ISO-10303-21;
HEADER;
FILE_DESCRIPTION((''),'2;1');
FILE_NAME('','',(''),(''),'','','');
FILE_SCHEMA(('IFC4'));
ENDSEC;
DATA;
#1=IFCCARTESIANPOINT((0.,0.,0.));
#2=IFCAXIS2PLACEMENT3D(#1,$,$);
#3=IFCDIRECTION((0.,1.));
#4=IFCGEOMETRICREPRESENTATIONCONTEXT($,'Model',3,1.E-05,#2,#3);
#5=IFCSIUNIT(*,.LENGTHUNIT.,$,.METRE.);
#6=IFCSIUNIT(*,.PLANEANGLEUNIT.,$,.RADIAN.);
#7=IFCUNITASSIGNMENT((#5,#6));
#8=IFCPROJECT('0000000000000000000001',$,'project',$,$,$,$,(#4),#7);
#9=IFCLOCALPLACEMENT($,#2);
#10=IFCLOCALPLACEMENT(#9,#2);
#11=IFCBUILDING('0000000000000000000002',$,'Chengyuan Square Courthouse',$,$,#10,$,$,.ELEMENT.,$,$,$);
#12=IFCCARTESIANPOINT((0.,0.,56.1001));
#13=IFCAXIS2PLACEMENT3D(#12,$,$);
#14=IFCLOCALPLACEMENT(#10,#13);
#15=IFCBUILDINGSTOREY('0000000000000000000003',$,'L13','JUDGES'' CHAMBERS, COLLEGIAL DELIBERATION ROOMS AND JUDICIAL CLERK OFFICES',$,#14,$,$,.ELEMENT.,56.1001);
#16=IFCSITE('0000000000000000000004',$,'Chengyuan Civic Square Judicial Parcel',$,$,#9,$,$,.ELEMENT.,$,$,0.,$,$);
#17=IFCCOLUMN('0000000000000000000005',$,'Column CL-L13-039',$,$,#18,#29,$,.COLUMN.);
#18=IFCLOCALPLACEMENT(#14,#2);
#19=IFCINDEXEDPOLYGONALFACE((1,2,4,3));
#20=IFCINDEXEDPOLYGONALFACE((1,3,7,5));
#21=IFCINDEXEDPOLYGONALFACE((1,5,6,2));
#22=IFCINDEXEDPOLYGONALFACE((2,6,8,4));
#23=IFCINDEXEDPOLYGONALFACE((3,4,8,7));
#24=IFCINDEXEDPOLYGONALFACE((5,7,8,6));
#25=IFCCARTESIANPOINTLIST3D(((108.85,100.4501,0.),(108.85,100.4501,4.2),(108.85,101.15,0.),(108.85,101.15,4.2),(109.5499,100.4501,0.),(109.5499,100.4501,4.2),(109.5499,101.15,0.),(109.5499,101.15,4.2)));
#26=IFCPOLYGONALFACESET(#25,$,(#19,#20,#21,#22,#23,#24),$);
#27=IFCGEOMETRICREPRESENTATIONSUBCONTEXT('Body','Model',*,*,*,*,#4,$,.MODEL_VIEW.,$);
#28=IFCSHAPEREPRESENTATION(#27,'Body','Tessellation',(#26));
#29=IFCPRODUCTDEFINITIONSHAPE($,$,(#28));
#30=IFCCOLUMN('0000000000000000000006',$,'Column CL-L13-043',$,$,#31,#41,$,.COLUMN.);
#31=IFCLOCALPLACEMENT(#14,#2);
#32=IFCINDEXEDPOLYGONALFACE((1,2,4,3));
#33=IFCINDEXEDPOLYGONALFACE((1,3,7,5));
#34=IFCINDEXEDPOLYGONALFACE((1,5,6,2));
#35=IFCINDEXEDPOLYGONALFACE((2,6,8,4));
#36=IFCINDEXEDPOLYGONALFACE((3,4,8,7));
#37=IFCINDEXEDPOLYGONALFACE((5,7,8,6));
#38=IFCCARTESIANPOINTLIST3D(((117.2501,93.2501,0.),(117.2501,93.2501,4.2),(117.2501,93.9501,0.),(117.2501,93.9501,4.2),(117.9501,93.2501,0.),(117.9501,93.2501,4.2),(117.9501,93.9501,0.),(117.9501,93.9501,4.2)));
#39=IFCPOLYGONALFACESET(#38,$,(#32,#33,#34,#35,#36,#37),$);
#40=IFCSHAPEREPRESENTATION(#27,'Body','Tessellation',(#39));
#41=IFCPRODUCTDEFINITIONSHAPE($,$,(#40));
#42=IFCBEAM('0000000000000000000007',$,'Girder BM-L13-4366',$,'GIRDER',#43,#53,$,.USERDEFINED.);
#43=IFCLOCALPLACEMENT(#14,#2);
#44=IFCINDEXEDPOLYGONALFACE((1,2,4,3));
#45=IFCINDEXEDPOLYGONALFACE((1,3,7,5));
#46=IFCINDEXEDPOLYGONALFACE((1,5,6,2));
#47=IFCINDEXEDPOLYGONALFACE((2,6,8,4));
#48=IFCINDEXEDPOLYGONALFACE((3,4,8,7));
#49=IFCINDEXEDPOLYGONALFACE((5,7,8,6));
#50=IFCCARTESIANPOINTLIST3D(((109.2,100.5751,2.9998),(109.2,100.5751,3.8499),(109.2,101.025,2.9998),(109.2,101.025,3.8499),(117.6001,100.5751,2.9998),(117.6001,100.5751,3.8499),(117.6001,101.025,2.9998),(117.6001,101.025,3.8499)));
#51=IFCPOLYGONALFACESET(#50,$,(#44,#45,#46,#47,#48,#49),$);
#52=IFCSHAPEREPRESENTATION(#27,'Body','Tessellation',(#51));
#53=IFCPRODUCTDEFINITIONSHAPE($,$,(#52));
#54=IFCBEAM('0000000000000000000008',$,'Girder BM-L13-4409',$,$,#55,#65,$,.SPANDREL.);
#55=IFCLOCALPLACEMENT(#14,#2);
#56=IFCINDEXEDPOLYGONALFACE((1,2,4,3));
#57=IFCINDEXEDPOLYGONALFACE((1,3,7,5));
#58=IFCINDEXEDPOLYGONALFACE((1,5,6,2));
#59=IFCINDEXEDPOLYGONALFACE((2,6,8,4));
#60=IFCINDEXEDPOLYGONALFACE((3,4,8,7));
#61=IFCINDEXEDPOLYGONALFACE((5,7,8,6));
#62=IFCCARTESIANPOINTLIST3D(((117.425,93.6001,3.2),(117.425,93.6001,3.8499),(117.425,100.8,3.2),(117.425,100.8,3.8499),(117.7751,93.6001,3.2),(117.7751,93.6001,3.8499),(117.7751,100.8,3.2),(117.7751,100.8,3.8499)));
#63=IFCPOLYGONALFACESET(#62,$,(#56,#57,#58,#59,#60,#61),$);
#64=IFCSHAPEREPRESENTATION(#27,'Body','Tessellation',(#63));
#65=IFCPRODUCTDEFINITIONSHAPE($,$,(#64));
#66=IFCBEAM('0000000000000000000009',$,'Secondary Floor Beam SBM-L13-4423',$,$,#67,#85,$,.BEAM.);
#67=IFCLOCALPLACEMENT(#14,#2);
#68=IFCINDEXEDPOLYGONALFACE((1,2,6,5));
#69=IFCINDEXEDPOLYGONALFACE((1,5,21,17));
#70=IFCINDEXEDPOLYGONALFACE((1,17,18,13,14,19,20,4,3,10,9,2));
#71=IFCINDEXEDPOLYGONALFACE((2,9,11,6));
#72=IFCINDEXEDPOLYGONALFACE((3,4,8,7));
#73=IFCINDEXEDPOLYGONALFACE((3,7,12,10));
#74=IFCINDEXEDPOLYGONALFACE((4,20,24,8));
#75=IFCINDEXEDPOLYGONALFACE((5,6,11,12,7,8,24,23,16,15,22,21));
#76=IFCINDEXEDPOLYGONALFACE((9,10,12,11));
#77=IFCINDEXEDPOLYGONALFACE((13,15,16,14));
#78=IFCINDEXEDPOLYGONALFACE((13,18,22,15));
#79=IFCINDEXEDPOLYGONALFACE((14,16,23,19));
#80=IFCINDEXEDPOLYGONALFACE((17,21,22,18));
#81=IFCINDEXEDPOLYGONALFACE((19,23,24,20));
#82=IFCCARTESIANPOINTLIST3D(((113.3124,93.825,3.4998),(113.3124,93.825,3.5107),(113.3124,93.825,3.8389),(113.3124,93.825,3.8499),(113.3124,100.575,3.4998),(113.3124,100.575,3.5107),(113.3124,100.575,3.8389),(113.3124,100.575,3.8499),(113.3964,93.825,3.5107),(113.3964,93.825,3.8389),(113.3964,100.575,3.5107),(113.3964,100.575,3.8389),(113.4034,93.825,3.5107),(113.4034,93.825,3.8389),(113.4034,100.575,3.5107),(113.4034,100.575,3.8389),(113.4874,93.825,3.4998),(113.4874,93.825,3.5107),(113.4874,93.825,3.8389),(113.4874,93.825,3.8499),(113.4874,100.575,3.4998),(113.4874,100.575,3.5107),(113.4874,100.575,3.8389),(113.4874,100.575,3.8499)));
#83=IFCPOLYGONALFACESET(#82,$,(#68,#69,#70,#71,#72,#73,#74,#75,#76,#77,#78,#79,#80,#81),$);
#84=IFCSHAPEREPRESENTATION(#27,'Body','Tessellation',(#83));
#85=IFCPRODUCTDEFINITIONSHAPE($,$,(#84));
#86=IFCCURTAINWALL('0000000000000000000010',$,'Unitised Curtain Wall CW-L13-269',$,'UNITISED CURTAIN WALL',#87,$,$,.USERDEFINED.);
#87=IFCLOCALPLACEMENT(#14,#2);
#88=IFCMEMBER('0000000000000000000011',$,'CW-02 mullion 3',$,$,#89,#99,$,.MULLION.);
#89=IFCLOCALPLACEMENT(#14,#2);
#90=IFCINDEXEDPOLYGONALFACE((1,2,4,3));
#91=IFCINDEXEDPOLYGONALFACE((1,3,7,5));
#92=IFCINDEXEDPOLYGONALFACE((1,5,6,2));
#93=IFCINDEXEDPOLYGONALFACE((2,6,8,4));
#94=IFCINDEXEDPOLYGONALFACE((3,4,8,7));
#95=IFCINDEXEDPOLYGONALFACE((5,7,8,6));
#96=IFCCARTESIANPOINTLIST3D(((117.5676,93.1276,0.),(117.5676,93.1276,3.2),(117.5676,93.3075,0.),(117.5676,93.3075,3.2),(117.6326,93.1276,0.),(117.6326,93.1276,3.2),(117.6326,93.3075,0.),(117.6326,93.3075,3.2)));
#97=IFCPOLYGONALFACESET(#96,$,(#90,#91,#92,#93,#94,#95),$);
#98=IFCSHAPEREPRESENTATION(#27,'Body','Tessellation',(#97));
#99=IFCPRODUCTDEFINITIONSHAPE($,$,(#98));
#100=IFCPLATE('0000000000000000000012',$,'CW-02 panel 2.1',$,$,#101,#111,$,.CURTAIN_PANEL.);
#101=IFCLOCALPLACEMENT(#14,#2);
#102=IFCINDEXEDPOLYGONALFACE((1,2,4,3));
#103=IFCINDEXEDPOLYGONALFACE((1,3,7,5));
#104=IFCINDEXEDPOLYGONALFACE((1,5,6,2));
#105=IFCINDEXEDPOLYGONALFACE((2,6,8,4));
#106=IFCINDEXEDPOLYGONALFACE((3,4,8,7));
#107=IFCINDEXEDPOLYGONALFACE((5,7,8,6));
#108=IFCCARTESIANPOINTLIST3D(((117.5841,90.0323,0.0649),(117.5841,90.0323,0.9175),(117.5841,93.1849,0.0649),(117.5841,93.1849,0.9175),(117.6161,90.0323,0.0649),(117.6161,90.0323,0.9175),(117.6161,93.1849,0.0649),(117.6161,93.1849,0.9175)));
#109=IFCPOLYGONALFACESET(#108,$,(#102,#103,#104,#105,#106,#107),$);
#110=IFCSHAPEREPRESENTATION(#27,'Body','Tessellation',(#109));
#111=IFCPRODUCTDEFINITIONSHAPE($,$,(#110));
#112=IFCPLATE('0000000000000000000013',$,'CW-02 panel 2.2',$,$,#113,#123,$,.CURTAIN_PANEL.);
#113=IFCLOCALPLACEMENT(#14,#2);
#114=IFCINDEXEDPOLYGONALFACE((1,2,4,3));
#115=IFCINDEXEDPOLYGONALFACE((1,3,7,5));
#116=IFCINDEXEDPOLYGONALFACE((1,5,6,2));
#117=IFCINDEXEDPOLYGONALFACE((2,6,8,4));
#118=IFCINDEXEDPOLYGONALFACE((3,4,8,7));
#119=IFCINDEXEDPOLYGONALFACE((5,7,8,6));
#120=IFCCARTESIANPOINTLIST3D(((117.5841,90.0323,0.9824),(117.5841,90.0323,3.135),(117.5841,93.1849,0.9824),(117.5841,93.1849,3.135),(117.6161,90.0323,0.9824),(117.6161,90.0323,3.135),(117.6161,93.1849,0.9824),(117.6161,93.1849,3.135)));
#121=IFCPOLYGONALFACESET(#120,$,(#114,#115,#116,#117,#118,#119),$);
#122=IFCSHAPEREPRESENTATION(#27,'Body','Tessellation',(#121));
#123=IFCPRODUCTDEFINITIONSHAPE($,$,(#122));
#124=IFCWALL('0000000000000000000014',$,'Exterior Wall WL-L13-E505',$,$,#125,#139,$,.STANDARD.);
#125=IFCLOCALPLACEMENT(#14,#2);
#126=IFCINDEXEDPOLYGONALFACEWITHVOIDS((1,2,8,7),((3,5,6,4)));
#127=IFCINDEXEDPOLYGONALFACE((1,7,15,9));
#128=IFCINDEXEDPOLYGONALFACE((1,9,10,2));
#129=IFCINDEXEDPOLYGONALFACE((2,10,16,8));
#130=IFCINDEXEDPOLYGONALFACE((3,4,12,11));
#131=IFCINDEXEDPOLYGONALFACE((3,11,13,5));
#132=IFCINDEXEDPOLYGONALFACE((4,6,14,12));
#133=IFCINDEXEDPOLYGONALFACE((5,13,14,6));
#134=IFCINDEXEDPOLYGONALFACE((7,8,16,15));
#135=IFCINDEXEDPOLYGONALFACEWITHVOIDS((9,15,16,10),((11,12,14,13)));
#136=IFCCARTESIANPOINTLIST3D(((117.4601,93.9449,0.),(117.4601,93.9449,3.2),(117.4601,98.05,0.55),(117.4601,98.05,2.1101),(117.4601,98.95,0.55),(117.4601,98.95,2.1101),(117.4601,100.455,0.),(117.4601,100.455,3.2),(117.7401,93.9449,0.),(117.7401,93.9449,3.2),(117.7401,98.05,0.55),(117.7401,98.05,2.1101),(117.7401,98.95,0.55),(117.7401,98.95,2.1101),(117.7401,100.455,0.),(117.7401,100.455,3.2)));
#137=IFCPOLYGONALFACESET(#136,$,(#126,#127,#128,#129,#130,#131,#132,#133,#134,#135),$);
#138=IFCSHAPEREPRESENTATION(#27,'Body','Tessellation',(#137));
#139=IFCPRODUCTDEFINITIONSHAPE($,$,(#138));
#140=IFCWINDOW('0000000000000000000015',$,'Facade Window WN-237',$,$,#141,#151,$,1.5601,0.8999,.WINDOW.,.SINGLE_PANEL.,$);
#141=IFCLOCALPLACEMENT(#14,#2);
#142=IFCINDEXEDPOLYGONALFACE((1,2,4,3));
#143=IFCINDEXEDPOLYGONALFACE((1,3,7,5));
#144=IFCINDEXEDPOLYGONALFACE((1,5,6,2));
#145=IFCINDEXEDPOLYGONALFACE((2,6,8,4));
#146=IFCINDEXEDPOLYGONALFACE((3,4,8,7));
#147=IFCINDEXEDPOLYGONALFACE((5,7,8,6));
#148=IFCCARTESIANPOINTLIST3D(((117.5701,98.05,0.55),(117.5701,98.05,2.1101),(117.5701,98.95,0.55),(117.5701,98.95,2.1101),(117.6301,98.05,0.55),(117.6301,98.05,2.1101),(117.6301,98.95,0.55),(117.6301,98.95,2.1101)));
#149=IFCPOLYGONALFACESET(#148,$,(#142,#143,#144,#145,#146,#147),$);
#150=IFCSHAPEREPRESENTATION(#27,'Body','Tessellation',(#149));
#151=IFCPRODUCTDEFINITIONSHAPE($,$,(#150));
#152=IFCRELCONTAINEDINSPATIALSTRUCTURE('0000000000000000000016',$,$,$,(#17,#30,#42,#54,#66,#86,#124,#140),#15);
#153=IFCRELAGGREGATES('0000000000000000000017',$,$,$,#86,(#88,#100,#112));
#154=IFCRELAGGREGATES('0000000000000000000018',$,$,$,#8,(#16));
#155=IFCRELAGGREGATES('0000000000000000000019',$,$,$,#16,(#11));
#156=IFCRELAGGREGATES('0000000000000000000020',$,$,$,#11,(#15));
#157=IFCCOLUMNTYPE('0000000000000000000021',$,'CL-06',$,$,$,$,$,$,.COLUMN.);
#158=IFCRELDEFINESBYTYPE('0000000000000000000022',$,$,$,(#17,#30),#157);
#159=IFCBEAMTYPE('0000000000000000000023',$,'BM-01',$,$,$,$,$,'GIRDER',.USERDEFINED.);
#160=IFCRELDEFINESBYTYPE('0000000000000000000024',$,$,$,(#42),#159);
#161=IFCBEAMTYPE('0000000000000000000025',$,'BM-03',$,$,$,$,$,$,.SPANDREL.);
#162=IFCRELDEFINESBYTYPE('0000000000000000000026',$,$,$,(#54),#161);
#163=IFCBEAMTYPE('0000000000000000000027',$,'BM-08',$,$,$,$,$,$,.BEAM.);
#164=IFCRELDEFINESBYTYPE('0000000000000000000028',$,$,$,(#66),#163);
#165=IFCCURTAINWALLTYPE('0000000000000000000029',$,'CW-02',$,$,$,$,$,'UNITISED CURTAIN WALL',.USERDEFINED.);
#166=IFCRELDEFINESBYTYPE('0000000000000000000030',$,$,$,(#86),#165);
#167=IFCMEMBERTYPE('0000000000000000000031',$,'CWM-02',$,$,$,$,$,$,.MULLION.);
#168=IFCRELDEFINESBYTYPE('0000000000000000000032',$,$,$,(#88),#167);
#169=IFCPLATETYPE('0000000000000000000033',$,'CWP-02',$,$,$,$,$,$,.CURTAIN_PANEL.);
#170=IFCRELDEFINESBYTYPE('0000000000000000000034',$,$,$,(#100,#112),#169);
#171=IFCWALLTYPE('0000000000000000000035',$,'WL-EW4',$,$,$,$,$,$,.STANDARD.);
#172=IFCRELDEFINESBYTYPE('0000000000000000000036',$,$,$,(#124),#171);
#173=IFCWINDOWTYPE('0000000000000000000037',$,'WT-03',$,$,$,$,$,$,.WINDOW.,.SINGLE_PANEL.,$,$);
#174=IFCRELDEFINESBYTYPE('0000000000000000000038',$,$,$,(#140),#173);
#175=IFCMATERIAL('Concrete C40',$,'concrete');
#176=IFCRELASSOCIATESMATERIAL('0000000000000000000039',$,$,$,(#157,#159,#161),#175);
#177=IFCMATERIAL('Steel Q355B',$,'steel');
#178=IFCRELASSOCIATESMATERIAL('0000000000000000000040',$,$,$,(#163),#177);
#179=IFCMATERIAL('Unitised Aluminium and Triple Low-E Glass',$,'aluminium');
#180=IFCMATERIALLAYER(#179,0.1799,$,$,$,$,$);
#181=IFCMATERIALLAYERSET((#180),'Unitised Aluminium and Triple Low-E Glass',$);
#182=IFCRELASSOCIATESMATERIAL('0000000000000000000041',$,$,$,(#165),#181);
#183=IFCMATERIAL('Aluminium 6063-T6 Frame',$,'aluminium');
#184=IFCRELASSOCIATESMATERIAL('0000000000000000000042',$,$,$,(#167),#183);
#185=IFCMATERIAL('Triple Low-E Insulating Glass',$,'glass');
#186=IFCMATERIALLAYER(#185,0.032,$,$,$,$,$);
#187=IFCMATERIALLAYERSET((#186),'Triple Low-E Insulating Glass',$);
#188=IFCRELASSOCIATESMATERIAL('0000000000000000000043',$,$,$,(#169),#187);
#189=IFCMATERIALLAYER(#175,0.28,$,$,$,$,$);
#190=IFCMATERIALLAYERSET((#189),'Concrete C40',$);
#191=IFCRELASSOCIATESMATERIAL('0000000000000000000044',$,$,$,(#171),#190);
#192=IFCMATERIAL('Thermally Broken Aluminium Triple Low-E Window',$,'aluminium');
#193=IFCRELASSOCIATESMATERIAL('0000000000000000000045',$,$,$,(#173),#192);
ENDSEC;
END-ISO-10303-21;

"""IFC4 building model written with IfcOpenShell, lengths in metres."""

from ifc_helpers import new_model, si_unit, direction, frame, frame_2d, origin, origin_2d, place, context, subcontext, project, spatial, rectangle, i_section, extrude, material, layer, layer_set, material_profile, profile_set, type_object, element, fill, aggregate, save


model = new_model("IFC4")

# Units and contexts
model_context = context("Model", 3, precision=1e-05, world=origin(), true_north=direction((0.0, 1.0)))
body_context = subcontext(model_context, "Body", "Model", "MODEL_VIEW")
ifc_project = project(units=[si_unit("LENGTHUNIT", "METRE"), si_unit("PLANEANGLEUNIT", "RADIAN")], contexts=[model_context])

# Site, building, storey
site_placement = place(None, origin())
site = spatial("IfcSite", under=ifc_project, at=site_placement, Name="Chengyuan Civic Square Judicial Parcel", CompositionType="ELEMENT", RefElevation=0.0)
building_placement = place(site_placement, origin())
building = spatial("IfcBuilding", under=site, at=building_placement, Name="Chengyuan Square Courthouse", CompositionType="ELEMENT")
storey_placement = place(building_placement, frame((0.0, 0.0, 56.1001)))
storey = spatial("IfcBuildingStorey", under=building, at=storey_placement, Name="L13", Description="JUDGES' CHAMBERS, COLLEGIAL DELIBERATION ROOMS AND JUDICIAL CLERK OFFICES", CompositionType="ELEMENT", Elevation=56.1001)

# Columns
ifc_material_1 = material(Name="Concrete C40", Category="concrete")
ifc_material_profile_1 = material_profile(ifc_material_1, rectangle(XDim=0.7, YDim=0.7, at=origin_2d()), Name="RC-COL-700x700")
ifc_profile_set_1 = profile_set([ifc_material_profile_1], Name="Concrete C40")
column_type = type_object("IfcColumnType", Name="CL-06", PredefinedType="COLUMN", material=ifc_profile_set_1)
for number, where, z_axis, x_axis, name in (
    (1, (109.2, 100.8, 0.0), (0.0, 0.0, 1.0), (1.0, 0.0, 0.0), "Column CL-L13-039"),
    (2, (117.6001, 93.6001, 0.0), (0.0, 0.0, 1.0), (1.0, 0.0, 0.0), "Column CL-L13-043"),
):
    element("IfcColumn", number, at=place(storey_placement, frame(where, z_axis=z_axis, x_axis=x_axis)), inside=storey, type_object=column_type, Name=name, PredefinedType="COLUMN", context=body_context, shape_type="SweptSolid", body=[
        extrude(rectangle(XDim=0.7, YDim=0.7, at=origin_2d()), origin(), (0.0, 0.0, 1.0), 4.2),
    ])

# Beams
ifc_material_profile_2 = material_profile(ifc_material_1, rectangle(XDim=0.45, YDim=0.8501, at=origin_2d()), Name="RC-BM-450x850")
ifc_profile_set_2 = profile_set([ifc_material_profile_2], Name="Concrete C40")
beam_type_1 = type_object("IfcBeamType", Name="BM-01", ElementType="GIRDER", PredefinedType="USERDEFINED", material=ifc_profile_set_2)
beam_1_placement = place(storey_placement, frame((109.2, 100.8, 3.4248), z_axis=(1.0, 0.0, 0.0), x_axis=(0.0, 1.0, 0.0)))
element("IfcBeam", 3, at=beam_1_placement, inside=storey, type_object=beam_type_1, Name="Girder BM-L13-4366", ObjectType="GIRDER", PredefinedType="USERDEFINED", context=body_context, shape_type="SweptSolid", body=[
    extrude(rectangle(XDim=0.45, YDim=0.8501, at=origin_2d()), origin(), (0.0, 0.0, 1.0), 8.4001),
])
ifc_material_profile_3 = material_profile(ifc_material_1, rectangle(XDim=0.3501, YDim=0.6499, at=origin_2d()), Name="RC-BM-350x650")
ifc_profile_set_3 = profile_set([ifc_material_profile_3], Name="Concrete C40")
beam_type_2 = type_object("IfcBeamType", Name="BM-03", PredefinedType="SPANDREL", material=ifc_profile_set_3)
beam_2_placement = place(storey_placement, frame((117.6001, 93.6001, 3.5249), z_axis=(0.0, 1.0, 0.0), x_axis=(-1.0, 0.0, 0.0)))
element("IfcBeam", 4, at=beam_2_placement, inside=storey, type_object=beam_type_2, Name="Girder BM-L13-4409", PredefinedType="SPANDREL", context=body_context, shape_type="SweptSolid", body=[
    extrude(rectangle(XDim=0.3501, YDim=0.6499, at=origin_2d()), origin(), (0.0, 0.0, 1.0), 7.2),
])
ifc_material_2 = material(Name="Steel Q355B", Category="steel")
ifc_material_profile_4 = material_profile(ifc_material_2, i_section(OverallWidth=0.175, OverallDepth=0.3501, WebThickness=0.0071, FlangeThickness=0.011, at=origin_2d()), Name="HN 350x175x7x11")
ifc_profile_set_4 = profile_set([ifc_material_profile_4], Name="Steel Q355B")
beam_type_3 = type_object("IfcBeamType", Name="BM-08", PredefinedType="BEAM", material=ifc_profile_set_4)
beam_3_placement = place(storey_placement, frame((113.3999, 93.825, 3.6748), z_axis=(0.0, 1.0, 0.0), x_axis=(-1.0, 0.0, 0.0)))
element("IfcBeam", 5, at=beam_3_placement, inside=storey, type_object=beam_type_3, Name="Secondary Floor Beam SBM-L13-4423", PredefinedType="BEAM", context=body_context, shape_type="SweptSolid", body=[
    extrude(i_section(OverallWidth=0.175, OverallDepth=0.3501, WebThickness=0.0071, FlangeThickness=0.011, at=origin_2d()), origin(), (0.0, 0.0, 1.0), 6.75),
])

# Curtain wall, member, plates
ifc_material_3 = material(Name="Unitised Aluminium and Triple Low-E Glass", Category="aluminium")
ifc_layer_1 = layer(ifc_material_3, 0.1799)
ifc_layer_set_1 = layer_set([ifc_layer_1], Name="Unitised Aluminium and Triple Low-E Glass")
curtain_wall_type = type_object("IfcCurtainWallType", Name="CW-02", ElementType="UNITISED CURTAIN WALL", PredefinedType="USERDEFINED", material=ifc_layer_set_1)
curtain_wall_placement = place(storey_placement, origin())
curtain_wall = element("IfcCurtainWall", 6, at=curtain_wall_placement, inside=storey, type_object=curtain_wall_type, Name="Unitised Curtain Wall CW-L13-269", ObjectType="UNITISED CURTAIN WALL", PredefinedType="USERDEFINED")
ifc_material_4 = material(Name="Aluminium 6063-T6 Frame", Category="aluminium")
ifc_material_profile_5 = material_profile(ifc_material_4, rectangle(XDim=0.0649, YDim=0.1799, at=origin_2d()), Name="CW-MUL-65x180")
ifc_profile_set_5 = profile_set([ifc_material_profile_5], Name="Aluminium 6063-T6 Frame")
member_type = type_object("IfcMemberType", Name="CWM-02", PredefinedType="MULLION", material=ifc_profile_set_5)
member_placement = place(storey_placement, frame((117.6001, 93.2175, 0.0), z_axis=(0.0, 0.0, 1.0), x_axis=(-1.0, 0.0, 0.0)))
member = element("IfcMember", 7, at=member_placement, type_object=member_type, Name="CW-02 mullion 3", PredefinedType="MULLION", context=body_context, shape_type="SweptSolid", body=[
    extrude(rectangle(XDim=0.0649, YDim=0.1799, at=origin_2d()), origin(), (0.0, 0.0, 1.0), 3.2),
])
ifc_material_5 = material(Name="Triple Low-E Insulating Glass", Category="glass")
ifc_layer_2 = layer(ifc_material_5, 0.032)
ifc_layer_set_2 = layer_set([ifc_layer_2], Name="Triple Low-E Insulating Glass")
plate_type = type_object("IfcPlateType", Name="CWP-02", PredefinedType="CURTAIN_PANEL", material=ifc_layer_set_2)
plate_1_placement = place(storey_placement, frame((117.6001, 91.6086, 0.0649), z_axis=(0.0, 0.0, 1.0), x_axis=(0.0, 1.0, 0.0)))
plate_1 = element("IfcPlate", 8, at=plate_1_placement, type_object=plate_type, Name="CW-02 panel 2.1", PredefinedType="CURTAIN_PANEL", context=body_context, shape_type="SweptSolid", body=[
    extrude(rectangle(XDim=3.1526, YDim=0.032, at=origin_2d()), origin(), (0.0, 0.0, 1.0), 0.8525),
])
plate_2_placement = place(storey_placement, frame((117.6001, 91.6086, 0.9824), z_axis=(0.0, 0.0, 1.0), x_axis=(0.0, 1.0, 0.0)))
plate_2 = element("IfcPlate", 9, at=plate_2_placement, type_object=plate_type, Name="CW-02 panel 2.2", PredefinedType="CURTAIN_PANEL", context=body_context, shape_type="SweptSolid", body=[
    extrude(rectangle(XDim=3.1526, YDim=0.032, at=origin_2d()), origin(), (0.0, 0.0, 1.0), 2.1526),
])
aggregate(curtain_wall, [member, plate_1, plate_2])

# Wall, opening, window
ifc_layer_3 = layer(ifc_material_1, 0.28)
ifc_layer_set_3 = layer_set([ifc_layer_3], Name="Concrete C40")
wall_type_1 = type_object("IfcWallType", Name="WL-EW4", PredefinedType="STANDARD", material=ifc_layer_set_3)
wall_1_placement = place(storey_placement, frame((117.6001, 93.9451, 0.0), z_axis=(0.0, 0.0, 1.0), x_axis=(0.0, 1.0, 0.0)))
wall_1 = element("IfcWall", 10, at=wall_1_placement, inside=storey, type_object=wall_type_1, Name="Exterior Wall WL-L13-E505", PredefinedType="STANDARD", context=body_context, shape_type="SweptSolid", body=[
    extrude(rectangle(XDim=6.51, YDim=0.28, at=frame_2d((3.2549, 0.0))), origin(), (0.0, 0.0, 1.0), 3.2),
])
opening_1_placement = place(wall_1_placement, frame((4.105, 0.0, 0.55)))
opening_1 = element("IfcOpeningElement", 11, at=opening_1_placement, cuts=wall_1, PredefinedType="OPENING", context=body_context, shape_type="SweptSolid", body=[
    extrude(rectangle(XDim=0.8999, YDim=1.5601, at=frame_2d((0.45, 0.78))), frame((0.0, 0.1521, 0.0), z_axis=(0.0, -1.0, 0.0), x_axis=(1.0, 0.0, 0.0)), (0.0, 0.0, 1.0), 0.304),
])
ifc_material_6 = material(Name="Thermally Broken Aluminium Triple Low-E Window", Category="aluminium")
window_type = type_object("IfcWindowType", Name="WT-03", PartitioningType="SINGLE_PANEL", PredefinedType="WINDOW", material=ifc_material_6)
window_placement = place(opening_1_placement, origin())
window = element("IfcWindow", 12, at=window_placement, inside=storey, type_object=window_type, Name="Facade Window WN-237", OverallHeight=1.5601, OverallWidth=0.8999, PartitioningType="SINGLE_PANEL", PredefinedType="WINDOW", context=body_context, shape_type="SweptSolid", body=[
    extrude(rectangle(XDim=0.8999, YDim=1.5601, at=frame_2d((0.45, 0.78))), frame((0.0, 0.03, 0.0), z_axis=(0.0, -1.0, 0.0), x_axis=(1.0, 0.0, 0.0)), (0.0, 0.0, 1.0), 0.0601),
])
fill(opening_1, window)

save(model, "model.ifc")
